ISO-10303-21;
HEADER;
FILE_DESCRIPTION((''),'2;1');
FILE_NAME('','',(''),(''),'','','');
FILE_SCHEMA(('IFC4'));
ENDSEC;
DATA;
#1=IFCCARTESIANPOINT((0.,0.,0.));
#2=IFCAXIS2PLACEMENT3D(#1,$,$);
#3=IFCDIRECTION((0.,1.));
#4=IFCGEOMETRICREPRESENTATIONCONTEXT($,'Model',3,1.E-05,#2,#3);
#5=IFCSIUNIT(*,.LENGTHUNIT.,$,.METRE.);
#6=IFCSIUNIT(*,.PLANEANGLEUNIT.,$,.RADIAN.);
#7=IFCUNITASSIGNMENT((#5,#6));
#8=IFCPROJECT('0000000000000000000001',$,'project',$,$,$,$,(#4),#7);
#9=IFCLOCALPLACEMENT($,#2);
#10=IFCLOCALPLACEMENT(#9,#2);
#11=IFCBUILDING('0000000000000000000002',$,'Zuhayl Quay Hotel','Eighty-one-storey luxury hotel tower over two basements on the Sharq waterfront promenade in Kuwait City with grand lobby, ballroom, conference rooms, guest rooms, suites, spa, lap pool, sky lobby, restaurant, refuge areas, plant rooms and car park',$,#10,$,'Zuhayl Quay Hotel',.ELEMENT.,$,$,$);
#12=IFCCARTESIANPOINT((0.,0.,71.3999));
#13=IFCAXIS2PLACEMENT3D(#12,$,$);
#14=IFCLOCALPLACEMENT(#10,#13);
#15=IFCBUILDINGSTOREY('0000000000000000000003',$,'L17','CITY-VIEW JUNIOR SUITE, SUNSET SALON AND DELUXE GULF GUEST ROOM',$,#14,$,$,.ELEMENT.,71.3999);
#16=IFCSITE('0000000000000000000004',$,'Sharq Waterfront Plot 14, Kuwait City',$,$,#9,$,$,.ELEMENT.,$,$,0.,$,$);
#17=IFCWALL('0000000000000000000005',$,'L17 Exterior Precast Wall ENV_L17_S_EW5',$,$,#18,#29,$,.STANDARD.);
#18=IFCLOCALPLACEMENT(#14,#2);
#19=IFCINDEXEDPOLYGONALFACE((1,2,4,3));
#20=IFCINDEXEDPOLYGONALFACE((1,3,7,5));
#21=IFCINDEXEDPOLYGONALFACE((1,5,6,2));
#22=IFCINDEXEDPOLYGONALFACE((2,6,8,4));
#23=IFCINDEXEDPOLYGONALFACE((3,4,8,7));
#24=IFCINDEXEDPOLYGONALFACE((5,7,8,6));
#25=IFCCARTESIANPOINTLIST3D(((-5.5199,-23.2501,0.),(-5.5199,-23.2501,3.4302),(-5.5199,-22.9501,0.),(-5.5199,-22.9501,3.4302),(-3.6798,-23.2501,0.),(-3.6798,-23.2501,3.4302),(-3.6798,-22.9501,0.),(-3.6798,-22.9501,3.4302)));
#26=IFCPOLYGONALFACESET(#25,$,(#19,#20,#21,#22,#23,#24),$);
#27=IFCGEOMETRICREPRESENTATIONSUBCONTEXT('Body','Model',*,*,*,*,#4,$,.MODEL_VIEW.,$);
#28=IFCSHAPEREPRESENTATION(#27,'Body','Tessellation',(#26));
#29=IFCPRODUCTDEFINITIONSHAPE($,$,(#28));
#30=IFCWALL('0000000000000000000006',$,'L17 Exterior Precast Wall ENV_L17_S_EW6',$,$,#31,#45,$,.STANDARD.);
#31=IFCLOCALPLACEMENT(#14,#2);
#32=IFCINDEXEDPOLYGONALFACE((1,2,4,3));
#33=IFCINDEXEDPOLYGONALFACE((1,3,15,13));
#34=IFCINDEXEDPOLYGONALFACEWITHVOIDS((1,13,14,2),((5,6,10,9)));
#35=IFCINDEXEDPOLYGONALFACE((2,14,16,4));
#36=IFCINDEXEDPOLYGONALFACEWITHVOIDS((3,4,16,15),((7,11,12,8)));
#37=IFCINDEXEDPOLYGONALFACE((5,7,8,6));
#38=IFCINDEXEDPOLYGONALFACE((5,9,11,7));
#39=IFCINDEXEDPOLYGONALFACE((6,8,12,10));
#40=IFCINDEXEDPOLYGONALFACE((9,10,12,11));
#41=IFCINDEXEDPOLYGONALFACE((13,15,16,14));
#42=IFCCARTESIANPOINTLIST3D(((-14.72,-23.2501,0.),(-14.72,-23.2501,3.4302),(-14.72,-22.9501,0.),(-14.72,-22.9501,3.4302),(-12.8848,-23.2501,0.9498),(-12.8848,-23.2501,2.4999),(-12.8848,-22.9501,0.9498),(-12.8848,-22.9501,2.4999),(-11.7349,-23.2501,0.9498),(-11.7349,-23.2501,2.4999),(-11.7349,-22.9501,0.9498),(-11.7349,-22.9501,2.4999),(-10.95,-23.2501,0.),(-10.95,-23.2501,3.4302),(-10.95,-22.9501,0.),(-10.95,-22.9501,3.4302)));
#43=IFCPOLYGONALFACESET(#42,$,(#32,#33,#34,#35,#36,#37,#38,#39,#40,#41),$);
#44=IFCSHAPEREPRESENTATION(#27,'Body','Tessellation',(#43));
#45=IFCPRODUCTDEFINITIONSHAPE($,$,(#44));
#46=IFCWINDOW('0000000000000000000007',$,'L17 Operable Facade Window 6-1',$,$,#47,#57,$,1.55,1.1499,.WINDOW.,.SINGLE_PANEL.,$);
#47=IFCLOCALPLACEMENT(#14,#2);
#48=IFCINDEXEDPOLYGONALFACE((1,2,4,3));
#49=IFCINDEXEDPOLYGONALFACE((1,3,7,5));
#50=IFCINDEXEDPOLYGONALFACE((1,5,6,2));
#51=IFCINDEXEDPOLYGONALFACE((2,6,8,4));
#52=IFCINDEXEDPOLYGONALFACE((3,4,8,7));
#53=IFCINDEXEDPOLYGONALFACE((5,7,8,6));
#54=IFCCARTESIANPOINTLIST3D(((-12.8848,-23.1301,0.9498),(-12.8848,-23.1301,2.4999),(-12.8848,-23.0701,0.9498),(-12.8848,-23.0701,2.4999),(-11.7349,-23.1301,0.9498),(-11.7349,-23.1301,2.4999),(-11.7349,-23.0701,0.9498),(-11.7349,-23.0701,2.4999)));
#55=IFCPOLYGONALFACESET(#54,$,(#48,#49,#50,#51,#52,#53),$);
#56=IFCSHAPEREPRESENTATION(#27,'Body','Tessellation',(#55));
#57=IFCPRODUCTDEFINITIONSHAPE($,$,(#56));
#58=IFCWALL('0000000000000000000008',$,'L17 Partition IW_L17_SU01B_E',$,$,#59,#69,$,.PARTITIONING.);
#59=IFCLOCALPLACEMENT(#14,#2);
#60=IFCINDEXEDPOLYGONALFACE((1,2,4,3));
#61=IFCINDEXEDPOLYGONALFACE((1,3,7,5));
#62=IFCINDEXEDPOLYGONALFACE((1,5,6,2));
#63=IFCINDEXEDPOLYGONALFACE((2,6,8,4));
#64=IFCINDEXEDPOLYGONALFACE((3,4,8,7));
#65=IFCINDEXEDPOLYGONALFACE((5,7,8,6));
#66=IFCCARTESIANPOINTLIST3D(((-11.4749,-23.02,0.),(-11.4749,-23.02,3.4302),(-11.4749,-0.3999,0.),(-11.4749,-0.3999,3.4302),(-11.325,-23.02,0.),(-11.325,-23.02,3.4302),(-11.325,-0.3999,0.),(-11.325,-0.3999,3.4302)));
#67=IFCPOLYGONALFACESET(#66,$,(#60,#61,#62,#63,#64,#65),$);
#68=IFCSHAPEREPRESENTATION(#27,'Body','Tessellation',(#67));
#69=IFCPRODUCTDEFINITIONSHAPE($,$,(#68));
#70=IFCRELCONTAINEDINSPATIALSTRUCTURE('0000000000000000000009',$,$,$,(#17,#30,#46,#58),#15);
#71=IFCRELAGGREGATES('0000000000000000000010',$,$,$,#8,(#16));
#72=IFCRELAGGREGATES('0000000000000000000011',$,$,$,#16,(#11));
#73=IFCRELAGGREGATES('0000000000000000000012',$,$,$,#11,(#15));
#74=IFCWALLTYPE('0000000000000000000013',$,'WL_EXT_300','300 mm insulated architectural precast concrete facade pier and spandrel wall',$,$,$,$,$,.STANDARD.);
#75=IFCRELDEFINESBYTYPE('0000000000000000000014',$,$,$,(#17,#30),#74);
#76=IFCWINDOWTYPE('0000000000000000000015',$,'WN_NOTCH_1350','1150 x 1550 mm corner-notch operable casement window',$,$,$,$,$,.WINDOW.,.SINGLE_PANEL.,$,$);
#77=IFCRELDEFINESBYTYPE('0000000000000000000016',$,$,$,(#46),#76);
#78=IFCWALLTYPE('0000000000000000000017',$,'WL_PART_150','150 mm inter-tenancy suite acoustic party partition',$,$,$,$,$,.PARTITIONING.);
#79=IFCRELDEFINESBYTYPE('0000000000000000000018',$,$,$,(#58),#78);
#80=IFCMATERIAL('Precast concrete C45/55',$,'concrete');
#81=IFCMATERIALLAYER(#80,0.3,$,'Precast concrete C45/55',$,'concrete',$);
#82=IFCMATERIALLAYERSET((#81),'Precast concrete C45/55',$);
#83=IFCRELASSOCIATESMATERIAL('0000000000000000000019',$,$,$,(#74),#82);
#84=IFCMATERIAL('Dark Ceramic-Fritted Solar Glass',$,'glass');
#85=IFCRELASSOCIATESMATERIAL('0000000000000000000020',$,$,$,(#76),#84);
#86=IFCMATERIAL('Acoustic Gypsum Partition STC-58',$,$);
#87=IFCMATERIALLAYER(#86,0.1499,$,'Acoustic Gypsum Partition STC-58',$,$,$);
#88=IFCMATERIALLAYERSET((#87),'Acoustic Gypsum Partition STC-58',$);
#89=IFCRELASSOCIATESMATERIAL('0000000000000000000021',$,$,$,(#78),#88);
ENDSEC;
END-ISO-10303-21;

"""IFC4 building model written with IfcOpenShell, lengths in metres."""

from ifc_helpers import new_model, si_unit, direction, frame, frame_2d, origin, place, context, subcontext, project, spatial, rectangle, extrude, material, layer, layer_set, type_object, element, fill, save


model = new_model("IFC4")

# Units and contexts
model_context = context("Model", 3, precision=1e-05, world=origin(), true_north=direction((0.0, 1.0)))
body_context = subcontext(model_context, "Body", "Model", "MODEL_VIEW")
ifc_project = project(units=[si_unit("LENGTHUNIT", "METRE"), si_unit("PLANEANGLEUNIT", "RADIAN")], contexts=[model_context])

# Site, building, storey
site_placement = place(None, origin())
site = spatial("IfcSite", under=ifc_project, at=site_placement, Name="Sharq Waterfront Plot 14, Kuwait City", CompositionType="ELEMENT", RefElevation=0.0)
building_placement = place(site_placement, origin())
building = spatial("IfcBuilding", under=site, at=building_placement, Name="Zuhayl Quay Hotel", Description="Eighty-one-storey luxury hotel tower over two basements on the Sharq waterfront promenade in Kuwait City with grand lobby, ballroom, conference rooms, guest rooms, suites, spa, lap pool, sky lobby, restaurant, refuge areas, plant rooms and car park", LongName="Zuhayl Quay Hotel", CompositionType="ELEMENT")
storey_placement = place(building_placement, frame((0.0, 0.0, 71.3999)))
storey = spatial("IfcBuildingStorey", under=building, at=storey_placement, Name="L17", Description="CITY-VIEW JUNIOR SUITE, SUNSET SALON AND DELUXE GULF GUEST ROOM", CompositionType="ELEMENT", Elevation=71.3999)

# Shared definitions
ifc_material_1 = material(Name="Dark Ceramic-Fritted Solar Glass", Category="glass")

# Wall
ifc_material_2 = material(Name="Precast concrete C45/55", Category="concrete")
ifc_layer_1 = layer(ifc_material_2, 0.3, Name="Precast concrete C45/55", Category="concrete")
ifc_layer_set_1 = layer_set([ifc_layer_1], Name="Precast concrete C45/55")
wall_type_1 = type_object("IfcWallType", Name="WL_EXT_300", Description="300 mm insulated architectural precast concrete facade pier and spandrel wall", PredefinedType="STANDARD", material=ifc_layer_set_1)
wall_1_placement = place(storey_placement, frame((-3.6799, -23.1001, 0.0), z_axis=(0.0, 0.0, 1.0), x_axis=(-1.0, 0.0, 0.0)))
element("IfcWall", 1, at=wall_1_placement, inside=storey, type_object=wall_type_1, Name="L17 Exterior Precast Wall ENV_L17_S_EW5", PredefinedType="STANDARD", context=body_context, shape_type="SweptSolid", body=[
    extrude(rectangle(XDim=1.8401, YDim=0.3, at=frame_2d((0.9199, 0.0))), origin(), (0.0, 0.0, 1.0), 3.4302),
])

# Wall, opening, window
wall_2_placement = place(storey_placement, frame((-10.95, -23.1001, 0.0), z_axis=(0.0, 0.0, 1.0), x_axis=(-1.0, 0.0, 0.0)))
wall_2 = element("IfcWall", 2, at=wall_2_placement, inside=storey, type_object=wall_type_1, Name="L17 Exterior Precast Wall ENV_L17_S_EW6", PredefinedType="STANDARD", context=body_context, shape_type="SweptSolid", body=[
    extrude(rectangle(XDim=3.77, YDim=0.3, at=frame_2d((1.885, 0.0))), origin(), (0.0, 0.0, 1.0), 3.4302),
])
opening_placement = place(wall_2_placement, frame((0.7849, 0.0, 0.95)))
opening = element("IfcOpeningElement", 3, at=opening_placement, cuts=wall_2, PredefinedType="OPENING", context=body_context, shape_type="SweptSolid", body=[
    extrude(rectangle(XDim=1.1499, YDim=1.55, at=frame_2d((0.575, 0.7749))), frame((0.0, 0.1599, 0.0), z_axis=(0.0, -1.0, 0.0), x_axis=(1.0, 0.0, 0.0)), (0.0, 0.0, 1.0), 0.3201),
])
window_type = type_object("IfcWindowType", Name="WN_NOTCH_1350", Description="1150 x 1550 mm corner-notch operable casement window", PartitioningType="SINGLE_PANEL", PredefinedType="WINDOW", material=ifc_material_1)
window_placement = place(opening_placement, origin())
window = element("IfcWindow", 4, at=window_placement, inside=storey, type_object=window_type, Name="L17 Operable Facade Window 6-1", OverallHeight=1.55, OverallWidth=1.1499, PartitioningType="SINGLE_PANEL", PredefinedType="WINDOW", context=body_context, shape_type="SweptSolid", body=[
    extrude(rectangle(XDim=1.1499, YDim=1.55, at=frame_2d((0.575, 0.7749))), frame((0.0, 0.03, 0.0), z_axis=(0.0, -1.0, 0.0), x_axis=(1.0, 0.0, 0.0)), (0.0, 0.0, 1.0), 0.0601),
])
fill(opening, window)

# Wall
ifc_material_3 = material(Name="Acoustic Gypsum Partition STC-58")
ifc_layer_2 = layer(ifc_material_3, 0.1499, Name="Acoustic Gypsum Partition STC-58")
ifc_layer_set_2 = layer_set([ifc_layer_2], Name="Acoustic Gypsum Partition STC-58")
wall_type_2 = type_object("IfcWallType", Name="WL_PART_150", Description="150 mm inter-tenancy suite acoustic party partition", PredefinedType="PARTITIONING", material=ifc_layer_set_2)
wall_3_placement = place(storey_placement, frame((-11.3999, -23.02, 0.0), z_axis=(0.0, 0.0, 1.0), x_axis=(0.0, 1.0, 0.0)))
element("IfcWall", 5, at=wall_3_placement, inside=storey, type_object=wall_type_2, Name="L17 Partition IW_L17_SU01B_E", PredefinedType="PARTITIONING", context=body_context, shape_type="SweptSolid", body=[
    extrude(rectangle(XDim=22.6201, YDim=0.1499, at=frame_2d((11.3101, 0.0))), origin(), (0.0, 0.0, 1.0), 3.4302),
])

save(model, "model.ifc")
